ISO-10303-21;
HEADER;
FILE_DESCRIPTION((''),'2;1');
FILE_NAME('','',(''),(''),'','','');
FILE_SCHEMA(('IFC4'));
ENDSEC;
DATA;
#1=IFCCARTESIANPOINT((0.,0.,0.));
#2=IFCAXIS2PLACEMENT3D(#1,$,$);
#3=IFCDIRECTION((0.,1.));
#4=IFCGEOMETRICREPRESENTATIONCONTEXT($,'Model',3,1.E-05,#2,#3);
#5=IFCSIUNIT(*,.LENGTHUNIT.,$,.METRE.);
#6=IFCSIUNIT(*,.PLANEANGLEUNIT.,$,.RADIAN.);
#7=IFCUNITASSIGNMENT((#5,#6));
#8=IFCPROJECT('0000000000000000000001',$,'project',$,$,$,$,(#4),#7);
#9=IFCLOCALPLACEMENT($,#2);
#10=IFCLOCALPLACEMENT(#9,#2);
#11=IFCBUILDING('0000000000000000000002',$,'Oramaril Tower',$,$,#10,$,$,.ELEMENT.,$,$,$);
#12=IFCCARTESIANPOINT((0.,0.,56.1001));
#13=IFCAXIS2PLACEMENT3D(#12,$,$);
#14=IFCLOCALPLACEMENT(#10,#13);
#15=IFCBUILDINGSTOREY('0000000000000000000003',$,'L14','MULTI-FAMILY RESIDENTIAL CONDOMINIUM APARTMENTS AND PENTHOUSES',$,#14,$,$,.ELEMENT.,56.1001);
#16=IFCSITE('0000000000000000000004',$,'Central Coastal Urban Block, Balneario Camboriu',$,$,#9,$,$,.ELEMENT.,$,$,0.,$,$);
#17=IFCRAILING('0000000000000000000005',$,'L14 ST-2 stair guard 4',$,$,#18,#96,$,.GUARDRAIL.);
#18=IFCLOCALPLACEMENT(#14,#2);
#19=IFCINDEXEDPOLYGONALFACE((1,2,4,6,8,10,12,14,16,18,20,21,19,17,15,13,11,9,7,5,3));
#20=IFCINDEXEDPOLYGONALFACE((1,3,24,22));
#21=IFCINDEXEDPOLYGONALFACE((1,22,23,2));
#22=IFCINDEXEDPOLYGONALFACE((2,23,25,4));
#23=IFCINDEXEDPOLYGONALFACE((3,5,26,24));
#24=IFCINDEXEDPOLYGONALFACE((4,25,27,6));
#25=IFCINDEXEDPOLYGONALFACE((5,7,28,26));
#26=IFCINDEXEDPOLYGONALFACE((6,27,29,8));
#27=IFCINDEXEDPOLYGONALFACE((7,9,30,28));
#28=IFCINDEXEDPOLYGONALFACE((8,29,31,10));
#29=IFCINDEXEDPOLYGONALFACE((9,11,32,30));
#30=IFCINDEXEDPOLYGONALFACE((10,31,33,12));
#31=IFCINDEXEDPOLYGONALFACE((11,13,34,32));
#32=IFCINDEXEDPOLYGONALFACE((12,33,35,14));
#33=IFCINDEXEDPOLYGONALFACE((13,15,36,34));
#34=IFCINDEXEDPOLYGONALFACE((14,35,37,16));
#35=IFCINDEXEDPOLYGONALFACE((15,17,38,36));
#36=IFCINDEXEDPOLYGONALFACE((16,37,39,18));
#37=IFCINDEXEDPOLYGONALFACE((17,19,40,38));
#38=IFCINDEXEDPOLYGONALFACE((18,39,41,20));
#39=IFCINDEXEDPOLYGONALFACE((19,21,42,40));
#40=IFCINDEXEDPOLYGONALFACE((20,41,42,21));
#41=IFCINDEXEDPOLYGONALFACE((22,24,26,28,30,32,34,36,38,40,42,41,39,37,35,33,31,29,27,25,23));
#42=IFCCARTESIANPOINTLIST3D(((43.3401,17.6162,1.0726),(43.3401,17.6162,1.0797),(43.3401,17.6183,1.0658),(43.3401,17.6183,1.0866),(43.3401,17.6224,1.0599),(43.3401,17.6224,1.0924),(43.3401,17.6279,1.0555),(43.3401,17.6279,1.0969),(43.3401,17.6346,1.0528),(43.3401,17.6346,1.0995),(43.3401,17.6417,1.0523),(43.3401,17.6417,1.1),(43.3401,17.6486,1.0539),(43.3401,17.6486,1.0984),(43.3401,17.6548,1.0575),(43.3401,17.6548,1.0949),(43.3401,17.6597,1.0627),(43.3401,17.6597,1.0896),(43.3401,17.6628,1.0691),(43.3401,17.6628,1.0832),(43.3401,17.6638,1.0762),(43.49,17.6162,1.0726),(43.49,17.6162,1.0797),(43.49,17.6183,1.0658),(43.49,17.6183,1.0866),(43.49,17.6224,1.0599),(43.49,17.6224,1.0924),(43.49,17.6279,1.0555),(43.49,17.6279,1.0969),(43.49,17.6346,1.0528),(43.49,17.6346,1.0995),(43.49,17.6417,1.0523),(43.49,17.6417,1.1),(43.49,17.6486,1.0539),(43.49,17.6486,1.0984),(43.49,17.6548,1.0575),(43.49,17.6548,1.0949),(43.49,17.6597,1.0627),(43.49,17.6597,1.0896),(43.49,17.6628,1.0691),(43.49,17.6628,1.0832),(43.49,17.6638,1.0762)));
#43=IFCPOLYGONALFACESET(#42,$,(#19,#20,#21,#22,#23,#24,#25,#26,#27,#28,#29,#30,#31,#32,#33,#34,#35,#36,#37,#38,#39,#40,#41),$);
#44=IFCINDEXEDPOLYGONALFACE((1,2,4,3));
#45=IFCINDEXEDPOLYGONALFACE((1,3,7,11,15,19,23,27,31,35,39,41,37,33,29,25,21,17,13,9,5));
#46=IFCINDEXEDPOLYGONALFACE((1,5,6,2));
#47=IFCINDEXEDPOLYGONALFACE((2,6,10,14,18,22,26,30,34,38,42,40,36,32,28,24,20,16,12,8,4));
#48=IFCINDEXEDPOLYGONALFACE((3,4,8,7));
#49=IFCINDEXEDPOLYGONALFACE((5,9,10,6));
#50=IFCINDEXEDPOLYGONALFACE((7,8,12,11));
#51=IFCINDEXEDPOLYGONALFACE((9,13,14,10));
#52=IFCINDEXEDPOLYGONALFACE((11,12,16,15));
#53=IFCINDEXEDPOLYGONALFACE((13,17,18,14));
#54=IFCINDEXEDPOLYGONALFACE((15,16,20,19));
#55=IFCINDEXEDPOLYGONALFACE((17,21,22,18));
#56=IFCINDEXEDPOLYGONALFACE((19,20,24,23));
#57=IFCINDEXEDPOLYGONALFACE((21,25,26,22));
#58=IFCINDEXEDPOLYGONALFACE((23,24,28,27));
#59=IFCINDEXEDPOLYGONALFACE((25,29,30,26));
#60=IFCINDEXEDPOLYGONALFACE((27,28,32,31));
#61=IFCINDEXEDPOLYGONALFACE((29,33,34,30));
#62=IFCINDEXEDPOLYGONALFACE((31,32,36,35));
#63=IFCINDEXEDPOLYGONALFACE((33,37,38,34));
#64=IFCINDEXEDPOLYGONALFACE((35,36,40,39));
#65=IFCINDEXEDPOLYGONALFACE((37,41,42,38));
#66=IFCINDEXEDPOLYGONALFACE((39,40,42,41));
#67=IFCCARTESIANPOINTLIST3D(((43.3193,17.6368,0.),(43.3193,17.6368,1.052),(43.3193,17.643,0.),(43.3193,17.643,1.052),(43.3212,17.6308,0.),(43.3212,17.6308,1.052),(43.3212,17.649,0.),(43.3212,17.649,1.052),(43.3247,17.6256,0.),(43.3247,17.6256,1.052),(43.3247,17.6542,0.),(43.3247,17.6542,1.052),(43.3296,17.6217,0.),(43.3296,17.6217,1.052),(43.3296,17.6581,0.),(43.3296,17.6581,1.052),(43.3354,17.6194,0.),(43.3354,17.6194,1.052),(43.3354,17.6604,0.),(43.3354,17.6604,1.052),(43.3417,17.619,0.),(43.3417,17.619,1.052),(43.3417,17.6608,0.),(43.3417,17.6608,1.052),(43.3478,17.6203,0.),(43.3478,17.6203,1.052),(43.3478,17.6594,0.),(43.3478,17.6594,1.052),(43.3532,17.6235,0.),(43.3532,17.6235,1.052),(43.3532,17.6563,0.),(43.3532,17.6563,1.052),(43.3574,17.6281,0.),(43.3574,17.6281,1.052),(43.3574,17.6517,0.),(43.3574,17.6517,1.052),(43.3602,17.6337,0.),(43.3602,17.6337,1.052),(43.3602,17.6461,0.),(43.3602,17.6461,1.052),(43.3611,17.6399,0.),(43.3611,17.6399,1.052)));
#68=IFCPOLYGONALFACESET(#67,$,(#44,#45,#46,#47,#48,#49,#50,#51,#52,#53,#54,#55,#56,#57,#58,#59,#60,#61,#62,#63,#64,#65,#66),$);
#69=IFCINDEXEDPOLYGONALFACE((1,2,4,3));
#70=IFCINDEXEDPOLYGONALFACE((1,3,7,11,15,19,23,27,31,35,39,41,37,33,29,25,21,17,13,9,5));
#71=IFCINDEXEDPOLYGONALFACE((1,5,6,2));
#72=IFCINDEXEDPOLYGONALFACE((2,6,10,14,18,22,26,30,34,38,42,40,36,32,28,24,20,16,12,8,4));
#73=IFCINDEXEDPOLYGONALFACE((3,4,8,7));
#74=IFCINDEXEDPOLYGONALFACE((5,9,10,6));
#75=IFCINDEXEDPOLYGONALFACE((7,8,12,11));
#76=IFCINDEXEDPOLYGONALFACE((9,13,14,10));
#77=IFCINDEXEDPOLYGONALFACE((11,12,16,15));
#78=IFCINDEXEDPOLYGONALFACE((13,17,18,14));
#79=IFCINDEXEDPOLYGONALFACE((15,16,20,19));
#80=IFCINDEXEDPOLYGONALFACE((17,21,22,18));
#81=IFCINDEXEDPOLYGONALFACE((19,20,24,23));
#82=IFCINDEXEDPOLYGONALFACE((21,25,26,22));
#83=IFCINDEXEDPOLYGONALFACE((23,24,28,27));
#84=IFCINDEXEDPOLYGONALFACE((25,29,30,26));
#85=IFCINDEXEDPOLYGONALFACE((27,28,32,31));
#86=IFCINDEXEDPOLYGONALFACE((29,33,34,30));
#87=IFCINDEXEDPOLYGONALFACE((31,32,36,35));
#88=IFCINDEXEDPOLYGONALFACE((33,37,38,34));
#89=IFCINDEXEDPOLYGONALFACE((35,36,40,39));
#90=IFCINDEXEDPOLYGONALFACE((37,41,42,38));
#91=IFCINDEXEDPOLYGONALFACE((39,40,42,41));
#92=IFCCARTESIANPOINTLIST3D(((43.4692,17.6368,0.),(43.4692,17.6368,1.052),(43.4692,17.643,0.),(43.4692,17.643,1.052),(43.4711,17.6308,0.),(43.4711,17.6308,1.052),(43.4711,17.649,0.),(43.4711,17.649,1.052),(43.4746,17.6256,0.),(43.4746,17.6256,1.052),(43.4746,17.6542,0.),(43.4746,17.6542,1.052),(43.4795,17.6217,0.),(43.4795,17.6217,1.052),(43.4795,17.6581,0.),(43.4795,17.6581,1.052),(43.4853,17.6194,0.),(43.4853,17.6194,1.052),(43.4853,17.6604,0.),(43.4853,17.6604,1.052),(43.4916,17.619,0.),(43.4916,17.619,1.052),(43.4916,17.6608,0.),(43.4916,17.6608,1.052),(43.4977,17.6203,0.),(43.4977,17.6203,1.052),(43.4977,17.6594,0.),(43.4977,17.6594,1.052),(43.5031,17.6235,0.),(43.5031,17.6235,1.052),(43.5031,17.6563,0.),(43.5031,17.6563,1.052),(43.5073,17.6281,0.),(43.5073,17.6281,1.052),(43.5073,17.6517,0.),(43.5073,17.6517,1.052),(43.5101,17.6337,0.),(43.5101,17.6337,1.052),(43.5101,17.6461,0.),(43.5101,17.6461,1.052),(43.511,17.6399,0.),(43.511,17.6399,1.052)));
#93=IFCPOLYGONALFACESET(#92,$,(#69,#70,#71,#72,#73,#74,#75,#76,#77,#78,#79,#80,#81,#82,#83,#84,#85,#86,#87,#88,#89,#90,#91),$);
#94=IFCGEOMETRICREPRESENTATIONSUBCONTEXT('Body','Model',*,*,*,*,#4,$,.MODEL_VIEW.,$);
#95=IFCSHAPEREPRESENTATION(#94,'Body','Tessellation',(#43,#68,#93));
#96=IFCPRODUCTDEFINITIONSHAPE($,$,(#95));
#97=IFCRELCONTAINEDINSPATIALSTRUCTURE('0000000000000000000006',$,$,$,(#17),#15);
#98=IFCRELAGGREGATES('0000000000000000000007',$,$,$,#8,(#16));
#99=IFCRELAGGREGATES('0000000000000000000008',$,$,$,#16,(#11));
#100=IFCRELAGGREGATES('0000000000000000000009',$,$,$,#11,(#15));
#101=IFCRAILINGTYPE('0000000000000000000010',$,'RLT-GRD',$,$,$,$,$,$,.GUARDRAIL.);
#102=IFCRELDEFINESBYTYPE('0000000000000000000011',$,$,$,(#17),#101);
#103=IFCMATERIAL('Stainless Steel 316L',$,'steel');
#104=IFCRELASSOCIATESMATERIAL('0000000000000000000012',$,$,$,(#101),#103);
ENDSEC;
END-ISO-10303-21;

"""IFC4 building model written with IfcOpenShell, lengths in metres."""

from ifc_helpers import new_model, si_unit, direction, frame, origin, origin_2d, place, context, subcontext, project, spatial, circle, extrude, material, type_object, element, save


model = new_model("IFC4")

# Units and contexts
model_context = context("Model", 3, precision=1e-05, world=origin(), true_north=direction((0.0, 1.0)))
body_context = subcontext(model_context, "Body", "Model", "MODEL_VIEW")
ifc_project = project(units=[si_unit("LENGTHUNIT", "METRE"), si_unit("PLANEANGLEUNIT", "RADIAN")], contexts=[model_context])

# Site, building, storey
site_placement = place(None, origin())
site = spatial("IfcSite", under=ifc_project, at=site_placement, Name="Central Coastal Urban Block, Balneario Camboriu", CompositionType="ELEMENT", RefElevation=0.0)
building_placement = place(site_placement, origin())
building = spatial("IfcBuilding", under=site, at=building_placement, Name="Oramaril Tower", CompositionType="ELEMENT")
storey_placement = place(building_placement, frame((0.0, 0.0, 56.1001)))
storey = spatial("IfcBuildingStorey", under=building, at=storey_placement, Name="L14", Description="MULTI-FAMILY RESIDENTIAL CONDOMINIUM APARTMENTS AND PENTHOUSES", CompositionType="ELEMENT", Elevation=56.1001)

# Railing
ifc_material_1 = material(Name="Stainless Steel 316L", Category="steel")
railing_type_1 = type_object("IfcRailingType", Name="RLT-GRD", PredefinedType="GUARDRAIL", material=ifc_material_1)
railing_1_placement = place(storey_placement, frame((43.3401, 17.6399, 0.0)))
element("IfcRailing", 1, at=railing_1_placement, inside=storey, type_object=railing_type_1, Name="L14 ST-2 stair guard 4", PredefinedType="GUARDRAIL", context=body_context, shape_type="SweptSolid", body=[
    extrude(circle(Radius=0.0239, at=origin_2d()), frame((0.0, 0.0, 1.0762), z_axis=(1.0, 0.0, 0.0), x_axis=(0.0, 1.0, 0.0)), (0.0, 0.0, 1.0), 0.1499),
    extrude(circle(Radius=0.021, at=origin_2d()), origin(), (0.0, 0.0, 1.0), 1.052),
    extrude(circle(Radius=0.021, at=origin_2d()), frame((0.1499, 0.0, 0.0)), (0.0, 0.0, 1.0), 1.052),
])

save(model, "model.ifc")
